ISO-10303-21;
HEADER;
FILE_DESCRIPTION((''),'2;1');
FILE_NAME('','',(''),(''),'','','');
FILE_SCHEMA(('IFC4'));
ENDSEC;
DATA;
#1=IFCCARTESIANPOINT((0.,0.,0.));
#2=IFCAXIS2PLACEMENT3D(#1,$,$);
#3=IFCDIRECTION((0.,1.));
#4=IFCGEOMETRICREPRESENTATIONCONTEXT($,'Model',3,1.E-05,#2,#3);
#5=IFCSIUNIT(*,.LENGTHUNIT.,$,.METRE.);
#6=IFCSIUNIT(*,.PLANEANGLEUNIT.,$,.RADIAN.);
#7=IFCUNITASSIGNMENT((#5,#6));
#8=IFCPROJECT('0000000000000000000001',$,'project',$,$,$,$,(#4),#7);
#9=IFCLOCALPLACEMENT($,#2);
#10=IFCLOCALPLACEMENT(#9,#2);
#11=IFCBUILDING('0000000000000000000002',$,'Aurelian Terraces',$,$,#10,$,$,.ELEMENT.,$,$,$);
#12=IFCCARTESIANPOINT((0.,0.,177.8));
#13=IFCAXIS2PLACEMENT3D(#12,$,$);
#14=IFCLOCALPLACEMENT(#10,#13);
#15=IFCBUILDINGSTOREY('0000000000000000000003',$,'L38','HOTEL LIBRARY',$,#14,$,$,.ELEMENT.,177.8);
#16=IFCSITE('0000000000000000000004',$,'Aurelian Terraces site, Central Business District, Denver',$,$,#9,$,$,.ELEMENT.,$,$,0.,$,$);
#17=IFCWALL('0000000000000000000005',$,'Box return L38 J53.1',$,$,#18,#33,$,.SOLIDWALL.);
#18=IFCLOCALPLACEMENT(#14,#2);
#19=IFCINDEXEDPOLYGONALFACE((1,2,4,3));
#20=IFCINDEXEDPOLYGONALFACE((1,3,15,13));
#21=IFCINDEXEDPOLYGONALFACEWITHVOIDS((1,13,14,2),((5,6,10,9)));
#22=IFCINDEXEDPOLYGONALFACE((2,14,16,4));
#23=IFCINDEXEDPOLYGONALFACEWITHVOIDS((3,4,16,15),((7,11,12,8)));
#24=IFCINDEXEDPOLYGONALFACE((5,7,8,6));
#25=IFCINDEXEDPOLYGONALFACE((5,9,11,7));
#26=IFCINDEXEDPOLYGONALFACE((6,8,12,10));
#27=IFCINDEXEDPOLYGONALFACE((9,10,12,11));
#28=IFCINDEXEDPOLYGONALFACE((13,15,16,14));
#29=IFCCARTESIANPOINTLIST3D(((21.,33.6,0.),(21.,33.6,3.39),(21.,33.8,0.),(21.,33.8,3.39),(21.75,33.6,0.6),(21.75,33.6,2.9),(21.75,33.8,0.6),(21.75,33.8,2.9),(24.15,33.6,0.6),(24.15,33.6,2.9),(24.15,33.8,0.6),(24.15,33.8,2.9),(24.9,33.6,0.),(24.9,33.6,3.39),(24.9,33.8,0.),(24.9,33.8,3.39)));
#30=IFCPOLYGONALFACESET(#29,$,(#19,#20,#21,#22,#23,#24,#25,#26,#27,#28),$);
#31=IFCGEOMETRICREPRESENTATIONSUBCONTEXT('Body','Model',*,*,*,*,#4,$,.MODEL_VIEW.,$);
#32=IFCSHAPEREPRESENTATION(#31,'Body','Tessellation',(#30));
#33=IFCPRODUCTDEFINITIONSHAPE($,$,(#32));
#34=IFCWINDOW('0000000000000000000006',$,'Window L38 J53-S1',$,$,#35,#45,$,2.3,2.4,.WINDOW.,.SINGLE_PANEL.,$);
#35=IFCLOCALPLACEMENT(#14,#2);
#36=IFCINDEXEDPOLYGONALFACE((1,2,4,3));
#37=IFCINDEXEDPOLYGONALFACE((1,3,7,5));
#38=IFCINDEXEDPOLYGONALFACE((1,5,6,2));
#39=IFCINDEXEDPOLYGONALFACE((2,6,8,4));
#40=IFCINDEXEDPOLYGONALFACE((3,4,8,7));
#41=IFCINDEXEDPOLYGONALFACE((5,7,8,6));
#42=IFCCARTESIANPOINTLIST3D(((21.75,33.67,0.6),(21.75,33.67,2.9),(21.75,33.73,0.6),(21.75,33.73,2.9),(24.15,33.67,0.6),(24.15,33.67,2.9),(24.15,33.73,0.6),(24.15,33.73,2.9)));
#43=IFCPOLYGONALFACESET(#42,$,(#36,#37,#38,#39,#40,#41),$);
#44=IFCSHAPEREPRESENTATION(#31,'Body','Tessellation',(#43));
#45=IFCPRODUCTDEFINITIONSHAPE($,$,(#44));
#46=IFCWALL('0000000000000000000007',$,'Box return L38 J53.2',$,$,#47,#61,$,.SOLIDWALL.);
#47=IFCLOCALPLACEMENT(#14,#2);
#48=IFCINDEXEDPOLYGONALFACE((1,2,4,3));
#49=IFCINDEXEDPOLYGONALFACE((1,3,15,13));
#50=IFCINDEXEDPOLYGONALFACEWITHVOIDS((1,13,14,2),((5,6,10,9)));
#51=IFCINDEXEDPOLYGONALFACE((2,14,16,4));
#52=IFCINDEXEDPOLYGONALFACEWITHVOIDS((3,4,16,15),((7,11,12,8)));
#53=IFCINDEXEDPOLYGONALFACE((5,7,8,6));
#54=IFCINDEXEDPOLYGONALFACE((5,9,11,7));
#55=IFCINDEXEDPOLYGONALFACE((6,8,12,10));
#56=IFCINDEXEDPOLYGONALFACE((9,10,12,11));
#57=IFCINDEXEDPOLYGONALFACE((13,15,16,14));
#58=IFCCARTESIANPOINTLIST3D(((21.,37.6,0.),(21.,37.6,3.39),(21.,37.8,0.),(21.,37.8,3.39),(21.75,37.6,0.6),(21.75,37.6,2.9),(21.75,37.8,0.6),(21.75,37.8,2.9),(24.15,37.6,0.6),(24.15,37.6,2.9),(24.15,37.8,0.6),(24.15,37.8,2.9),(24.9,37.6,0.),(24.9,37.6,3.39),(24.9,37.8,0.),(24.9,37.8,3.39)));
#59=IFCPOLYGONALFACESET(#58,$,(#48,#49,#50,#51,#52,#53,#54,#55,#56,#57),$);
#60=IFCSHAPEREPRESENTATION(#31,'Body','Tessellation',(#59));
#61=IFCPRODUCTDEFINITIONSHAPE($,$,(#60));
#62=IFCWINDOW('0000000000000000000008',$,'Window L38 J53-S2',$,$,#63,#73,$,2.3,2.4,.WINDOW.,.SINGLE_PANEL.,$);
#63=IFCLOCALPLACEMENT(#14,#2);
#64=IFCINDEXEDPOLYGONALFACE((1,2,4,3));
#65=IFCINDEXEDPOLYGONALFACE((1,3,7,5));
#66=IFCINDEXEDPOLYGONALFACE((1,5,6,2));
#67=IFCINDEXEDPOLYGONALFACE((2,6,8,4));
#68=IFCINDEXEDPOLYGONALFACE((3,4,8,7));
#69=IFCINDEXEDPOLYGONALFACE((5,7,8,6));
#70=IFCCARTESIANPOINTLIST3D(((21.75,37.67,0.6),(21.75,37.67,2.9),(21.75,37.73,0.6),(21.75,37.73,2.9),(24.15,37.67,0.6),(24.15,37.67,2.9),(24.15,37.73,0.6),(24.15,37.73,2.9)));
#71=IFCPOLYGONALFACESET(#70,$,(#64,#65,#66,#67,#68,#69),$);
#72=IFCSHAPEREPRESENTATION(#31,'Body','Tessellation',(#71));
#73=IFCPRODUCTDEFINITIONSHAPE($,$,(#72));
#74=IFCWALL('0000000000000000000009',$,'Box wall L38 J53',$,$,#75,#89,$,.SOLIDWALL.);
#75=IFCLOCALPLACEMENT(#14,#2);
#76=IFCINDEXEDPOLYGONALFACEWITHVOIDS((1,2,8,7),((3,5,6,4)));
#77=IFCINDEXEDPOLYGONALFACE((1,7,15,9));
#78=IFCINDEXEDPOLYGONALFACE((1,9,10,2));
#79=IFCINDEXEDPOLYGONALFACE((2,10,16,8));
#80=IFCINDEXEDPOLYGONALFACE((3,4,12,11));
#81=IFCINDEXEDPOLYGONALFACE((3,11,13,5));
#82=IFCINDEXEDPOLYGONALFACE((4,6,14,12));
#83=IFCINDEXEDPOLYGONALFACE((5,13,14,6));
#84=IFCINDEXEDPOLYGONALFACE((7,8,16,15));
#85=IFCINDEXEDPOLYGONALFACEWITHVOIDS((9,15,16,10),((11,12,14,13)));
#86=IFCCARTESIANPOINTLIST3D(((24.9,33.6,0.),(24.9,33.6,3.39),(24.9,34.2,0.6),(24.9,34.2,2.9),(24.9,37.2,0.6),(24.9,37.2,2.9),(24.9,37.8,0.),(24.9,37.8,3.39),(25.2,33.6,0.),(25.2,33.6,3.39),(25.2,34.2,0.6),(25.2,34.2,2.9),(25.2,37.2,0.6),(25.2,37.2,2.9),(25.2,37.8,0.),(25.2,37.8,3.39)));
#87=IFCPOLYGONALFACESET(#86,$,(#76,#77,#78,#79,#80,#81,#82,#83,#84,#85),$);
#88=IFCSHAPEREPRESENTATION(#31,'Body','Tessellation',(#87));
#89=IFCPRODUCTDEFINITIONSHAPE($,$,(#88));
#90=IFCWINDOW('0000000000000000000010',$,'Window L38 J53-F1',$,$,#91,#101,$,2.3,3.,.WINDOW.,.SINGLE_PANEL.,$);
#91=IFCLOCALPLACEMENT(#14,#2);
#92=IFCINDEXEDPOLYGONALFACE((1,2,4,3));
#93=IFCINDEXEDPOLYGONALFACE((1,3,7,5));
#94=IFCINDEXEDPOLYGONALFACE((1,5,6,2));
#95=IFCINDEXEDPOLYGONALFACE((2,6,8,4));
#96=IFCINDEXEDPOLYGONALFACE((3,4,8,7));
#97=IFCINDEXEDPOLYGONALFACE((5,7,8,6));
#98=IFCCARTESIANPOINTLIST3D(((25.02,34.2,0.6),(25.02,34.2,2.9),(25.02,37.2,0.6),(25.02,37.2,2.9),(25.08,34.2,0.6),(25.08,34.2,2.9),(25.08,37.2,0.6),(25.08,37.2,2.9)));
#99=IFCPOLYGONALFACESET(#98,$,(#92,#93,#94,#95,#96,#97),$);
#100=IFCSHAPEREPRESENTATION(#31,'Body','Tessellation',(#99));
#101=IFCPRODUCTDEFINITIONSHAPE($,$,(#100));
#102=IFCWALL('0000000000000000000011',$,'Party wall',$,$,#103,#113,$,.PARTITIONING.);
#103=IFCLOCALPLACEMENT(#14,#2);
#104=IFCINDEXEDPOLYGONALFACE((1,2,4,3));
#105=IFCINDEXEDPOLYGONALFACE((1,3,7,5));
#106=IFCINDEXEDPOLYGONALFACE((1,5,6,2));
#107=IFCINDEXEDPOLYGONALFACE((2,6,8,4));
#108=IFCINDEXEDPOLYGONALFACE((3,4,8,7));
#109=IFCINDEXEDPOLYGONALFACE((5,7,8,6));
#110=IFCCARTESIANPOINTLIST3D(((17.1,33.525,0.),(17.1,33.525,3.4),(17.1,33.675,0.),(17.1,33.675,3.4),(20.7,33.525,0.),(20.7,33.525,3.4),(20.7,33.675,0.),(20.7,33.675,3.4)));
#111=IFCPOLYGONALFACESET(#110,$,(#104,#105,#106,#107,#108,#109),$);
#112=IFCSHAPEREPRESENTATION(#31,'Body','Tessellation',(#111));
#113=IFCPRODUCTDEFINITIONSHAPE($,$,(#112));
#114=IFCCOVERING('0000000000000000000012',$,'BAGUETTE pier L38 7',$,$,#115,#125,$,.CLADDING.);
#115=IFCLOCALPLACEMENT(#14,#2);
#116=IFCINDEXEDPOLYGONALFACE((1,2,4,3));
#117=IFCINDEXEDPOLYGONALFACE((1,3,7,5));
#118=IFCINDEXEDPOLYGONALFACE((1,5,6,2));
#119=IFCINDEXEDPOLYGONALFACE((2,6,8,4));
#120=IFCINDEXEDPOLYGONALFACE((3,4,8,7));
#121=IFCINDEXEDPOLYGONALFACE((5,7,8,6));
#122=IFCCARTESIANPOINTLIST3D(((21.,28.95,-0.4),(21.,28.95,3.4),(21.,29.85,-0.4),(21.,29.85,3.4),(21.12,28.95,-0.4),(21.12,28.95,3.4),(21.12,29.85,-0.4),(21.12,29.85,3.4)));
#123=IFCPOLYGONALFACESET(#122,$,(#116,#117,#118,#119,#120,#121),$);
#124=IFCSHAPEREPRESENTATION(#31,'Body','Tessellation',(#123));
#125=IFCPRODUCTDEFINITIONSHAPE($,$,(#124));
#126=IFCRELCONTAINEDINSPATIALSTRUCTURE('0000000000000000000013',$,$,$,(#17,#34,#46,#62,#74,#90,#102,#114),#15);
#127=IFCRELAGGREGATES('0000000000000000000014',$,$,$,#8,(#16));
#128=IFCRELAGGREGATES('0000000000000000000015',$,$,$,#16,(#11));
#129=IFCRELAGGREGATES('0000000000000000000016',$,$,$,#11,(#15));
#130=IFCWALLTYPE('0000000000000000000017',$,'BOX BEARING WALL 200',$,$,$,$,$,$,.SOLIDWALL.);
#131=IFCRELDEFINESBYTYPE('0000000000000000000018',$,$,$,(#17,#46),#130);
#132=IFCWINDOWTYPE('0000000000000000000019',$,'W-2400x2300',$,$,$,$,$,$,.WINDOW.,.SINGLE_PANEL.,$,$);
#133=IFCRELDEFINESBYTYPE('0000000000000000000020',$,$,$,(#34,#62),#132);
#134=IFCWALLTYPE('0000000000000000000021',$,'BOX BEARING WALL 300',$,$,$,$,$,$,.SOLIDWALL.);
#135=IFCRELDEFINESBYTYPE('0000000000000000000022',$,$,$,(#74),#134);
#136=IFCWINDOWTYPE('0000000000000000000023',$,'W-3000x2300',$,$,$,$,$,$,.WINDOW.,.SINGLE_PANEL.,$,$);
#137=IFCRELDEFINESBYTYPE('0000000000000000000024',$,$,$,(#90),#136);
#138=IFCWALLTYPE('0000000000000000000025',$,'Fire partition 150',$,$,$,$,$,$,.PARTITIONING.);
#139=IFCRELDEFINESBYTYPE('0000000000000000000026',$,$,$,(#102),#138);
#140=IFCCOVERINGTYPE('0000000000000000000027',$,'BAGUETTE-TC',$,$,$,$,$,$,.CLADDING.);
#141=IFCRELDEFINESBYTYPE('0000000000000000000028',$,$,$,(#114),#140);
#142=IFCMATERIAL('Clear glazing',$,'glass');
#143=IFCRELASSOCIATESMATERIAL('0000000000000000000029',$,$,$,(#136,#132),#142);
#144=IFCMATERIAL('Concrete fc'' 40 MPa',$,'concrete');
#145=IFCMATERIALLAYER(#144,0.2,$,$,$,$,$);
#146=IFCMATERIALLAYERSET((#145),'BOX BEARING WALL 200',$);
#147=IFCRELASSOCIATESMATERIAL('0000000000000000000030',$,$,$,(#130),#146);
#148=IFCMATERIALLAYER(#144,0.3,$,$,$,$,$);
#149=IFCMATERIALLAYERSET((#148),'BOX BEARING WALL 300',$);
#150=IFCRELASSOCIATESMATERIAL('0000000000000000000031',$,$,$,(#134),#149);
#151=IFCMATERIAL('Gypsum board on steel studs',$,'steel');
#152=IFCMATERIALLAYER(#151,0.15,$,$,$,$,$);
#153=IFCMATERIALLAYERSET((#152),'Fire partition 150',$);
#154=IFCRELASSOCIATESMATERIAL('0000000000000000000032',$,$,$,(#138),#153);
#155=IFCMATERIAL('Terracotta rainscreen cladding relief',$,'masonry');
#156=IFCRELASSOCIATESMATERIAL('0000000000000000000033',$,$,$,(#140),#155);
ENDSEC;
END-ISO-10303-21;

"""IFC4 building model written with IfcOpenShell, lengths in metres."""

from ifc_helpers import new_model, si_unit, direction, frame, frame_2d, origin, origin_2d, place, context, subcontext, project, spatial, rectangle, extrude, source, transform, mapped, material, layer, layer_set, type_object, element, fill, save


model = new_model("IFC4")

# Units and contexts
model_context = context("Model", 3, precision=1e-05, world=origin(), true_north=direction((0.0, 1.0)))
body_context = subcontext(model_context, "Body", "Model", "MODEL_VIEW")
ifc_project = project(units=[si_unit("LENGTHUNIT", "METRE"), si_unit("PLANEANGLEUNIT", "RADIAN")], contexts=[model_context])

# Site, building, storey
site_placement = place(None, origin())
site = spatial("IfcSite", under=ifc_project, at=site_placement, Name="Aurelian Terraces site, Central Business District, Denver", CompositionType="ELEMENT", RefElevation=0.0)
building_placement = place(site_placement, origin())
building = spatial("IfcBuilding", under=site, at=building_placement, Name="Aurelian Terraces", CompositionType="ELEMENT")
storey_placement = place(building_placement, frame((0.0, 0.0, 177.8)))
storey = spatial("IfcBuildingStorey", under=building, at=storey_placement, Name="L38", Description="HOTEL LIBRARY", CompositionType="ELEMENT", Elevation=177.8)

# Shared definitions
shared_shape_1 = source(origin(), body_context, "Body", "SweptSolid", [
    extrude(rectangle(XDim=3.0, YDim=2.3, at=frame_2d((1.5, 1.15))), frame((0.0, 0.16, 0.0), z_axis=(0.0, -1.0, 0.0), x_axis=(1.0, 0.0, 0.0)), (0.0, 0.0, 1.0), 0.32),
])
ifc_material_1 = material(Name="Clear glazing", Category="glass")
window_type_1 = type_object("IfcWindowType", Name="W-3000x2300", PartitioningType="SINGLE_PANEL", PredefinedType="WINDOW", material=ifc_material_1)
shared_shape_2 = source(origin(), body_context, "Body", "SweptSolid", [
    extrude(rectangle(XDim=3.0, YDim=2.3, at=frame_2d((1.5, 1.15))), frame((0.0, 0.03, 0.0), z_axis=(0.0, -1.0, 0.0), x_axis=(1.0, 0.0, 0.0)), (0.0, 0.0, 1.0), 0.06),
])

# Walls, openings, windows
ifc_material_2 = material(Name="Concrete fc' 40 MPa", Category="concrete")
ifc_layer_1 = layer(ifc_material_2, 0.2)
ifc_layer_set_1 = layer_set([ifc_layer_1], Name="BOX BEARING WALL 200")
wall_type_1 = type_object("IfcWallType", Name="BOX BEARING WALL 200", PredefinedType="SOLIDWALL", material=ifc_layer_set_1)
shared_shape_3 = source(origin(), body_context, "Body", "SweptSolid", [
    extrude(rectangle(XDim=3.9, YDim=0.2, at=frame_2d((1.95, 0.0))), origin(), (0.0, 0.0, 1.0), 3.39),
])
shared_shape_4 = source(origin(), body_context, "Body", "SweptSolid", [
    extrude(rectangle(XDim=2.4, YDim=2.3, at=frame_2d((1.2, 1.15))), frame((0.0, 0.11, 0.0), z_axis=(0.0, -1.0, 0.0), x_axis=(1.0, 0.0, 0.0)), (0.0, 0.0, 1.0), 0.22),
])
window_type_2 = type_object("IfcWindowType", Name="W-2400x2300", PartitioningType="SINGLE_PANEL", PredefinedType="WINDOW", material=ifc_material_1)
shared_shape_5 = source(origin(), body_context, "Body", "SweptSolid", [
    extrude(rectangle(XDim=2.4, YDim=2.3, at=frame_2d((1.2, 1.15))), frame((0.0, 0.03, 0.0), z_axis=(0.0, -1.0, 0.0), x_axis=(1.0, 0.0, 0.0)), (0.0, 0.0, 1.0), 0.06),
])
wall_1_placement = place(storey_placement, frame((21.0, 33.7, 0.0), z_axis=(0.0, 0.0, 1.0), x_axis=(1.0, 0.0, 0.0)))
wall_1 = element("IfcWall", 1, at=wall_1_placement, inside=storey, type_object=wall_type_1, Name="Box return L38 J53.1", PredefinedType="SOLIDWALL", context=body_context, shape_type="MappedRepresentation", body=[
    mapped(shared_shape_3, transform((0.0, 0.0, 0.0), scale=1.0)),
])
opening_1_placement = place(wall_1_placement, frame((0.75, 0.0, 0.6)))
opening_1 = element("IfcOpeningElement", 2, at=opening_1_placement, cuts=wall_1, PredefinedType="OPENING", context=body_context, shape_type="MappedRepresentation", body=[
    mapped(shared_shape_4, transform((0.0, 0.0, 0.0), scale=1.0)),
])
window_1_placement = place(opening_1_placement, origin())
window_1 = element("IfcWindow", 3, at=window_1_placement, inside=storey, type_object=window_type_2, Name="Window L38 J53-S1", OverallHeight=2.3, OverallWidth=2.4, PartitioningType="SINGLE_PANEL", PredefinedType="WINDOW", context=body_context, shape_type="MappedRepresentation", body=[
    mapped(shared_shape_5, transform((0.0, 0.0, 0.0), scale=1.0)),
])
fill(opening_1, window_1)
wall_2_placement = place(storey_placement, frame((21.0, 37.7, 0.0), z_axis=(0.0, 0.0, 1.0), x_axis=(1.0, 0.0, 0.0)))
wall_2 = element("IfcWall", 4, at=wall_2_placement, inside=storey, type_object=wall_type_1, Name="Box return L38 J53.2", PredefinedType="SOLIDWALL", context=body_context, shape_type="MappedRepresentation", body=[
    mapped(shared_shape_3, transform((0.0, 0.0, 0.0), scale=1.0)),
])
opening_2_placement = place(wall_2_placement, frame((0.75, 0.0, 0.6)))
opening_2 = element("IfcOpeningElement", 5, at=opening_2_placement, cuts=wall_2, PredefinedType="OPENING", context=body_context, shape_type="MappedRepresentation", body=[
    mapped(shared_shape_4, transform((0.0, 0.0, 0.0), scale=1.0)),
])
window_2_placement = place(opening_2_placement, origin())
window_2 = element("IfcWindow", 6, at=window_2_placement, inside=storey, type_object=window_type_2, Name="Window L38 J53-S2", OverallHeight=2.3, OverallWidth=2.4, PartitioningType="SINGLE_PANEL", PredefinedType="WINDOW", context=body_context, shape_type="MappedRepresentation", body=[
    mapped(shared_shape_5, transform((0.0, 0.0, 0.0), scale=1.0)),
])
fill(opening_2, window_2)
ifc_layer_2 = layer(ifc_material_2, 0.3)
ifc_layer_set_2 = layer_set([ifc_layer_2], Name="BOX BEARING WALL 300")
wall_type_2 = type_object("IfcWallType", Name="BOX BEARING WALL 300", PredefinedType="SOLIDWALL", material=ifc_layer_set_2)
shared_shape_6 = source(origin(), body_context, "Body", "SweptSolid", [
    extrude(rectangle(XDim=4.2, YDim=0.3, at=frame_2d((2.1, 0.0))), origin(), (0.0, 0.0, 1.0), 3.39),
])
wall_3_placement = place(storey_placement, frame((25.05, 33.6, 0.0), z_axis=(0.0, 0.0, 1.0), x_axis=(0.0, 1.0, 0.0)))
wall_3 = element("IfcWall", 7, at=wall_3_placement, inside=storey, type_object=wall_type_2, Name="Box wall L38 J53", PredefinedType="SOLIDWALL", context=body_context, shape_type="MappedRepresentation", body=[
    mapped(shared_shape_6, transform((0.0, 0.0, 0.0), scale=1.0)),
])
opening_3_placement = place(wall_3_placement, frame((0.6, 0.0, 0.6)))
opening_3 = element("IfcOpeningElement", 8, at=opening_3_placement, cuts=wall_3, PredefinedType="OPENING", context=body_context, shape_type="MappedRepresentation", body=[
    mapped(shared_shape_1, transform((0.0, 0.0, 0.0), scale=1.0)),
])
window_3_placement = place(opening_3_placement, origin())
window_3 = element("IfcWindow", 9, at=window_3_placement, inside=storey, type_object=window_type_1, Name="Window L38 J53-F1", OverallHeight=2.3, OverallWidth=3.0, PartitioningType="SINGLE_PANEL", PredefinedType="WINDOW", context=body_context, shape_type="MappedRepresentation", body=[
    mapped(shared_shape_2, transform((0.0, 0.0, 0.0), scale=1.0)),
])
fill(opening_3, window_3)

# Wall
ifc_material_3 = material(Name="Gypsum board on steel studs", Category="steel")
ifc_layer_3 = layer(ifc_material_3, 0.15)
ifc_layer_set_3 = layer_set([ifc_layer_3], Name="Fire partition 150")
wall_type_3 = type_object("IfcWallType", Name="Fire partition 150", PredefinedType="PARTITIONING", material=ifc_layer_set_3)
shared_shape_7 = source(origin(), body_context, "Body", "SweptSolid", [
    extrude(rectangle(XDim=3.6, YDim=0.15, at=frame_2d((1.8, 0.0))), origin(), (0.0, 0.0, 1.0), 3.4),
])
wall_4_placement = place(storey_placement, frame((20.7, 33.6, 0.0), z_axis=(0.0, 0.0, 1.0), x_axis=(-1.0, 0.0, 0.0)))
element("IfcWall", 10, at=wall_4_placement, inside=storey, type_object=wall_type_3, Name="Party wall", PredefinedType="PARTITIONING", context=body_context, shape_type="MappedRepresentation", body=[
    mapped(shared_shape_7, transform((0.0, 0.0, 0.0), scale=1.0)),
])

# Covering
ifc_material_4 = material(Name="Terracotta rainscreen cladding relief", Category="masonry")
covering_type = type_object("IfcCoveringType", Name="BAGUETTE-TC", PredefinedType="CLADDING", material=ifc_material_4)
shared_shape_8 = source(origin(), body_context, "Body", "SweptSolid", [
    extrude(rectangle(XDim=0.12, YDim=0.9, at=origin_2d()), origin(), (0.0, 0.0, 1.0), 3.8),
])
covering_placement = place(storey_placement, frame((21.06, 29.4, -0.4), z_axis=(0.0, 0.0, 1.0), x_axis=(1.0, 0.0, 0.0)))
element("IfcCovering", 11, at=covering_placement, inside=storey, type_object=covering_type, Name="BAGUETTE pier L38 7", PredefinedType="CLADDING", context=body_context, shape_type="MappedRepresentation", body=[
    mapped(shared_shape_8, transform((0.0, 0.0, 0.0), scale=1.0)),
])

save(model, "model.ifc")
